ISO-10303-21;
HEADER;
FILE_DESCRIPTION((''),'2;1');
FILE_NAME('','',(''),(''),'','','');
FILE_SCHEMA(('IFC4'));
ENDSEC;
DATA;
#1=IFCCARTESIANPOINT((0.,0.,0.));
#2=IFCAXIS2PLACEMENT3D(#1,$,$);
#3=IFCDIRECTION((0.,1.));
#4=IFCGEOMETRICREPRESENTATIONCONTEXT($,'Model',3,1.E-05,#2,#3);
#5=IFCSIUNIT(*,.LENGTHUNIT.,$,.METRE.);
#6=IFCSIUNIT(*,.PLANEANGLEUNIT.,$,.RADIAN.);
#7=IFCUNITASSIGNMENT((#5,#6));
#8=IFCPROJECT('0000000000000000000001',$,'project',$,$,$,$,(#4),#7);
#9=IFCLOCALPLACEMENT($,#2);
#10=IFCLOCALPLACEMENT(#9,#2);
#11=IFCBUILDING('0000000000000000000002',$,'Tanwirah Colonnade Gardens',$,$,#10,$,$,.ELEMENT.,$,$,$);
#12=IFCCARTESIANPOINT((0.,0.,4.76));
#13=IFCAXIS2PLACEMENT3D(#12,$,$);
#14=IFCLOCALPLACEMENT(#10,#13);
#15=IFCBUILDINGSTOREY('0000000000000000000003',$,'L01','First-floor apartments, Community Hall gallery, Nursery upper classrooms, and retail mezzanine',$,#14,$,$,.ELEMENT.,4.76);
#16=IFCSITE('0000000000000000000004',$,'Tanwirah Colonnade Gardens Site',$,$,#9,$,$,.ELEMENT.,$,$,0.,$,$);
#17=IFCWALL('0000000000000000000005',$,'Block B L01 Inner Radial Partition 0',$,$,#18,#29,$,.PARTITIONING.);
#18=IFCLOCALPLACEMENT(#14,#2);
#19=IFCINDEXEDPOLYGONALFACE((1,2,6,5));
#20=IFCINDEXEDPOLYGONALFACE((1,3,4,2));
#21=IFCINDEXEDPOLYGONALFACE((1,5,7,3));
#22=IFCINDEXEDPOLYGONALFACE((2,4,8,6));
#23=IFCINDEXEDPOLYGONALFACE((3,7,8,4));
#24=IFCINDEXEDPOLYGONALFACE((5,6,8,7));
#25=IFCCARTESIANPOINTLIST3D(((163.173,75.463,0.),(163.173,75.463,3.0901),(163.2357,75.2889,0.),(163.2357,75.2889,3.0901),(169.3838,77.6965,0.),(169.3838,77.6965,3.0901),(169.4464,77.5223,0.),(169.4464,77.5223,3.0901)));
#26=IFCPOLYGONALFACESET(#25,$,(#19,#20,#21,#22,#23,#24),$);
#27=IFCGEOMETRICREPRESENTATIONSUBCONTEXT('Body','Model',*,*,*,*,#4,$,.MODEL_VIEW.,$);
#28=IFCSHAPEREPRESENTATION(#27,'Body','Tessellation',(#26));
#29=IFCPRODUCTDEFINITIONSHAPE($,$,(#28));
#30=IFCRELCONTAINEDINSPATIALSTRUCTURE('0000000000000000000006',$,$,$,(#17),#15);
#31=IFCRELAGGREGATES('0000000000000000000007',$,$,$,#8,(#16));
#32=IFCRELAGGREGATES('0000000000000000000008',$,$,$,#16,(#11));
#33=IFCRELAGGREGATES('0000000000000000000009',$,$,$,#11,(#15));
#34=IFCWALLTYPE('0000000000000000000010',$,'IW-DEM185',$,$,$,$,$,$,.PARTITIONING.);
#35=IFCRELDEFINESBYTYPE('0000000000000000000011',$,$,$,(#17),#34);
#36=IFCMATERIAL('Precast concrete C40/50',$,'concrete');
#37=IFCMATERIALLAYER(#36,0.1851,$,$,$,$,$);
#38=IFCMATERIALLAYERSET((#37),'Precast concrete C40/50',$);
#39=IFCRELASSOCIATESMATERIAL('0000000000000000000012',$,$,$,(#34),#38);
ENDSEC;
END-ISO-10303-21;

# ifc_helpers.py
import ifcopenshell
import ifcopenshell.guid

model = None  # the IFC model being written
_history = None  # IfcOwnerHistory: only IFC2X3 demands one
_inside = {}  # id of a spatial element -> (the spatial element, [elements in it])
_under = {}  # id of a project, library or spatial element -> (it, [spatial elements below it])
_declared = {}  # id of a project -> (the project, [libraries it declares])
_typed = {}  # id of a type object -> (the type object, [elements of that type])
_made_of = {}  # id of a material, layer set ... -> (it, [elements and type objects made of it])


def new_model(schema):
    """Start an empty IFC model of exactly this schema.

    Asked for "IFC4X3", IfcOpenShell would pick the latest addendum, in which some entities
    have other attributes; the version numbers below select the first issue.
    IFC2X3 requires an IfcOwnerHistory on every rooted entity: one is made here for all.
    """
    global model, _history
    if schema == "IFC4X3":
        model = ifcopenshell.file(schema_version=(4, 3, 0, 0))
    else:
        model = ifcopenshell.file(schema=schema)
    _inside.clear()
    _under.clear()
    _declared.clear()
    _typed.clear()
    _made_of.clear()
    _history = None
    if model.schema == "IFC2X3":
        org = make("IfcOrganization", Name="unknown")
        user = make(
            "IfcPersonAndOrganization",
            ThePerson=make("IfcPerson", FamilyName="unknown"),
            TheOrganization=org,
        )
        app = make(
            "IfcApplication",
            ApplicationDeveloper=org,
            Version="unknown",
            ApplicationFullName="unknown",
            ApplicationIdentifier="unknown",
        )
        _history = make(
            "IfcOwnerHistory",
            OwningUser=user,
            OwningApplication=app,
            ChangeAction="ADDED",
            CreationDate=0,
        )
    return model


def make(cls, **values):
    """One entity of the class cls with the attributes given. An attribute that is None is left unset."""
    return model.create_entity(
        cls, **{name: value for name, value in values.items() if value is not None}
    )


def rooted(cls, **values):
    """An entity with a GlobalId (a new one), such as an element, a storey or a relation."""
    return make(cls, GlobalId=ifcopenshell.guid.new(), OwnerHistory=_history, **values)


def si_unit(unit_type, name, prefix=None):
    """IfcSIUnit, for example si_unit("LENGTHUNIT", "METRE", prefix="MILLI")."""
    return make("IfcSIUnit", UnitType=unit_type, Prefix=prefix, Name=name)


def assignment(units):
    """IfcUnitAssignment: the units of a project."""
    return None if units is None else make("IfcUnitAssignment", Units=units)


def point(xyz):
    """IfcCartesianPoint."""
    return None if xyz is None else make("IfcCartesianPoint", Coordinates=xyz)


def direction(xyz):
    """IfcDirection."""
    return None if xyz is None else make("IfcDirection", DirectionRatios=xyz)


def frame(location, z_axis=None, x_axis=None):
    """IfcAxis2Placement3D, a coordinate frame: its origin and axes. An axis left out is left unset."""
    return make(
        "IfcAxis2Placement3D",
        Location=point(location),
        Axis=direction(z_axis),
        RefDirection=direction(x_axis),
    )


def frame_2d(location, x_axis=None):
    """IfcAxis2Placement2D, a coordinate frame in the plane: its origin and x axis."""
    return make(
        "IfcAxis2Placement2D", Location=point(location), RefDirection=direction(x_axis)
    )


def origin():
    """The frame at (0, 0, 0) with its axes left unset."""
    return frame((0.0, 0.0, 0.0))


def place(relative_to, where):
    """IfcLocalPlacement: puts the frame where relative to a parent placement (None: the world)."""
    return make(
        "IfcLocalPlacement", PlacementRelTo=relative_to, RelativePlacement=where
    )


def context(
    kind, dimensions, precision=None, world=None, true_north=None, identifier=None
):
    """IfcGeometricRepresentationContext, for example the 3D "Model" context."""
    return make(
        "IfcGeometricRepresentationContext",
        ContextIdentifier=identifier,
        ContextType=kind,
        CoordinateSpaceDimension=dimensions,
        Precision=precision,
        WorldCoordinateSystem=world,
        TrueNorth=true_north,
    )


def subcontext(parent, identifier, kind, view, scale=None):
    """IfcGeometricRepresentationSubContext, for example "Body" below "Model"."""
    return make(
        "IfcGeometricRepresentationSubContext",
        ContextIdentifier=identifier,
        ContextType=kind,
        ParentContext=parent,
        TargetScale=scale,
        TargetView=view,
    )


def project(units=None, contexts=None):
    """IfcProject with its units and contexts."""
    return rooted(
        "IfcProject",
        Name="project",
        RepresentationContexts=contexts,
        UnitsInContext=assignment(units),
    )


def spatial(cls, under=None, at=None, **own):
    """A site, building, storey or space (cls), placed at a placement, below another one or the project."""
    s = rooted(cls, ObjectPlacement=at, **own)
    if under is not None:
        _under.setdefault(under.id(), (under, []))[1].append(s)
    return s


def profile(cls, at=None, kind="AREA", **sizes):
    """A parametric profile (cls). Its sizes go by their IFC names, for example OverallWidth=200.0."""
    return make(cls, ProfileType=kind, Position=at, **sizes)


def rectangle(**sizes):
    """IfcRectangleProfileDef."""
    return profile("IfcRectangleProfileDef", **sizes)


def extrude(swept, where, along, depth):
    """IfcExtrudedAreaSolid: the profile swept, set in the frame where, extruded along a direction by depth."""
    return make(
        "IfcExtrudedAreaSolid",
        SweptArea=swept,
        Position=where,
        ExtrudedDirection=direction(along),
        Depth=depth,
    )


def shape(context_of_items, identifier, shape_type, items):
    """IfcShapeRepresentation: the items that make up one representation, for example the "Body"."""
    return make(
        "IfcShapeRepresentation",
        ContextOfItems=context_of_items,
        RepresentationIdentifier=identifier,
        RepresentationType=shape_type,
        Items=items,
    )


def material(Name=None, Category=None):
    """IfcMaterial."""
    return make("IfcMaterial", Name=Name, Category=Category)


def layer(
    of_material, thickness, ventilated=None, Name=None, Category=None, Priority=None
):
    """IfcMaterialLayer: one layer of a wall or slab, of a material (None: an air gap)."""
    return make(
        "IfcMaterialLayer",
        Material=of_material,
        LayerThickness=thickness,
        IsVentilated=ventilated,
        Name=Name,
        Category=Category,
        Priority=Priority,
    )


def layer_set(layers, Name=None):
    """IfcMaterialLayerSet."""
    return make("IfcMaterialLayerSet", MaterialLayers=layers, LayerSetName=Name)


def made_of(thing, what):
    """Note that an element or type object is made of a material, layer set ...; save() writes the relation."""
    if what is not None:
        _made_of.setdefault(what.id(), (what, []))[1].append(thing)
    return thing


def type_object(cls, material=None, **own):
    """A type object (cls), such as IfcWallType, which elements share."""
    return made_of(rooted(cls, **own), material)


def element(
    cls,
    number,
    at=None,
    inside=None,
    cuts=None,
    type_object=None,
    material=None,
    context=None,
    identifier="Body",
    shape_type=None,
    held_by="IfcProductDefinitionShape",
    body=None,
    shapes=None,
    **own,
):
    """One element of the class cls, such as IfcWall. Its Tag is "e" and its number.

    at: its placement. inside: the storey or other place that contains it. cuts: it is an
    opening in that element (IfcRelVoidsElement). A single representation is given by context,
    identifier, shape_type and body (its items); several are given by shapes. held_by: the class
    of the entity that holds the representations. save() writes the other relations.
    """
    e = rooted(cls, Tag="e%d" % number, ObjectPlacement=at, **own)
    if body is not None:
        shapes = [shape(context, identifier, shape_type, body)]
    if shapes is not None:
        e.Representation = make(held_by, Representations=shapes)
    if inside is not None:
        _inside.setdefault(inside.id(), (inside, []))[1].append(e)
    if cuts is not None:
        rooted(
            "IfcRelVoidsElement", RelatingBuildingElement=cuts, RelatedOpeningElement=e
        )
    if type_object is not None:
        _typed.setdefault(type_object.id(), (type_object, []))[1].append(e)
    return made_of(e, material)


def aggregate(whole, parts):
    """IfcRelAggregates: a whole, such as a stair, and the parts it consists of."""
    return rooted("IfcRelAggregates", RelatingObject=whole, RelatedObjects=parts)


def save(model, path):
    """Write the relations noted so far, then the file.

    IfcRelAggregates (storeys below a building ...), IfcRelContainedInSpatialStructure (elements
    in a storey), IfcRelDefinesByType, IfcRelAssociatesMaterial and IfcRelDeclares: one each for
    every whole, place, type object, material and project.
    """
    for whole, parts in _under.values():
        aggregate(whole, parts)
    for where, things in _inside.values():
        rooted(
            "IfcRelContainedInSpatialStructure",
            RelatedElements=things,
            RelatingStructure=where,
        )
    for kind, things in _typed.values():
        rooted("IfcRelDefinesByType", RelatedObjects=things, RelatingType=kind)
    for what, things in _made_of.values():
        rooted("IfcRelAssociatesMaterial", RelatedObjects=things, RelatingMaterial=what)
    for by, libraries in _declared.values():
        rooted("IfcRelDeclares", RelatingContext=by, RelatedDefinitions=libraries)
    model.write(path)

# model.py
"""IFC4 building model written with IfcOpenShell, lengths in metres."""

from ifc_helpers import new_model, si_unit, direction, frame, frame_2d, origin, place, context, subcontext, project, spatial, rectangle, extrude, material, layer, layer_set, type_object, element, save


model = new_model("IFC4")

# Units and contexts
model_context = context("Model", 3, precision=1e-05, world=origin(), true_north=direction((0.0, 1.0)))
body_context = subcontext(model_context, "Body", "Model", "MODEL_VIEW")
ifc_project = project(units=[si_unit("LENGTHUNIT", "METRE"), si_unit("PLANEANGLEUNIT", "RADIAN")], contexts=[model_context])

# Site, building, storey
site_placement = place(None, origin())
site = spatial("IfcSite", under=ifc_project, at=site_placement, Name="Tanwirah Colonnade Gardens Site", CompositionType="ELEMENT", RefElevation=0.0)
building_placement = place(site_placement, origin())
building = spatial("IfcBuilding", under=site, at=building_placement, Name="Tanwirah Colonnade Gardens", CompositionType="ELEMENT")
storey_placement = place(building_placement, frame((0.0, 0.0, 4.76)))
storey = spatial("IfcBuildingStorey", under=building, at=storey_placement, Name="L01", Description="First-floor apartments, Community Hall gallery, Nursery upper classrooms, and retail mezzanine", CompositionType="ELEMENT", Elevation=4.76)

# Shared definitions
ifc_material_1 = material(Name="Precast concrete C40/50", Category="concrete")

# Wall
ifc_layer_1 = layer(ifc_material_1, 0.1851)
ifc_layer_set_1 = layer_set([ifc_layer_1], Name="Precast concrete C40/50")
wall_type_1 = type_object("IfcWallType", Name="IW-DEM185", PredefinedType="PARTITIONING", material=ifc_layer_set_1)
wall_1_placement = place(storey_placement, frame((163.2043, 75.376, 0.0), z_axis=(0.0, 0.0, 1.0), x_axis=(0.941006, 0.338391, 0.0)))
element("IfcWall", 1, at=wall_1_placement, inside=storey, type_object=wall_type_1, Name="Block B L01 Inner Radial Partition 0", PredefinedType="PARTITIONING", context=body_context, shape_type="SweptSolid", body=[
    extrude(rectangle(XDim=6.6001, YDim=0.1851, at=frame_2d((3.3, 0.0))), origin(), (0.0, 0.0, 1.0), 3.0901),
])

save(model, "model.ifc")
